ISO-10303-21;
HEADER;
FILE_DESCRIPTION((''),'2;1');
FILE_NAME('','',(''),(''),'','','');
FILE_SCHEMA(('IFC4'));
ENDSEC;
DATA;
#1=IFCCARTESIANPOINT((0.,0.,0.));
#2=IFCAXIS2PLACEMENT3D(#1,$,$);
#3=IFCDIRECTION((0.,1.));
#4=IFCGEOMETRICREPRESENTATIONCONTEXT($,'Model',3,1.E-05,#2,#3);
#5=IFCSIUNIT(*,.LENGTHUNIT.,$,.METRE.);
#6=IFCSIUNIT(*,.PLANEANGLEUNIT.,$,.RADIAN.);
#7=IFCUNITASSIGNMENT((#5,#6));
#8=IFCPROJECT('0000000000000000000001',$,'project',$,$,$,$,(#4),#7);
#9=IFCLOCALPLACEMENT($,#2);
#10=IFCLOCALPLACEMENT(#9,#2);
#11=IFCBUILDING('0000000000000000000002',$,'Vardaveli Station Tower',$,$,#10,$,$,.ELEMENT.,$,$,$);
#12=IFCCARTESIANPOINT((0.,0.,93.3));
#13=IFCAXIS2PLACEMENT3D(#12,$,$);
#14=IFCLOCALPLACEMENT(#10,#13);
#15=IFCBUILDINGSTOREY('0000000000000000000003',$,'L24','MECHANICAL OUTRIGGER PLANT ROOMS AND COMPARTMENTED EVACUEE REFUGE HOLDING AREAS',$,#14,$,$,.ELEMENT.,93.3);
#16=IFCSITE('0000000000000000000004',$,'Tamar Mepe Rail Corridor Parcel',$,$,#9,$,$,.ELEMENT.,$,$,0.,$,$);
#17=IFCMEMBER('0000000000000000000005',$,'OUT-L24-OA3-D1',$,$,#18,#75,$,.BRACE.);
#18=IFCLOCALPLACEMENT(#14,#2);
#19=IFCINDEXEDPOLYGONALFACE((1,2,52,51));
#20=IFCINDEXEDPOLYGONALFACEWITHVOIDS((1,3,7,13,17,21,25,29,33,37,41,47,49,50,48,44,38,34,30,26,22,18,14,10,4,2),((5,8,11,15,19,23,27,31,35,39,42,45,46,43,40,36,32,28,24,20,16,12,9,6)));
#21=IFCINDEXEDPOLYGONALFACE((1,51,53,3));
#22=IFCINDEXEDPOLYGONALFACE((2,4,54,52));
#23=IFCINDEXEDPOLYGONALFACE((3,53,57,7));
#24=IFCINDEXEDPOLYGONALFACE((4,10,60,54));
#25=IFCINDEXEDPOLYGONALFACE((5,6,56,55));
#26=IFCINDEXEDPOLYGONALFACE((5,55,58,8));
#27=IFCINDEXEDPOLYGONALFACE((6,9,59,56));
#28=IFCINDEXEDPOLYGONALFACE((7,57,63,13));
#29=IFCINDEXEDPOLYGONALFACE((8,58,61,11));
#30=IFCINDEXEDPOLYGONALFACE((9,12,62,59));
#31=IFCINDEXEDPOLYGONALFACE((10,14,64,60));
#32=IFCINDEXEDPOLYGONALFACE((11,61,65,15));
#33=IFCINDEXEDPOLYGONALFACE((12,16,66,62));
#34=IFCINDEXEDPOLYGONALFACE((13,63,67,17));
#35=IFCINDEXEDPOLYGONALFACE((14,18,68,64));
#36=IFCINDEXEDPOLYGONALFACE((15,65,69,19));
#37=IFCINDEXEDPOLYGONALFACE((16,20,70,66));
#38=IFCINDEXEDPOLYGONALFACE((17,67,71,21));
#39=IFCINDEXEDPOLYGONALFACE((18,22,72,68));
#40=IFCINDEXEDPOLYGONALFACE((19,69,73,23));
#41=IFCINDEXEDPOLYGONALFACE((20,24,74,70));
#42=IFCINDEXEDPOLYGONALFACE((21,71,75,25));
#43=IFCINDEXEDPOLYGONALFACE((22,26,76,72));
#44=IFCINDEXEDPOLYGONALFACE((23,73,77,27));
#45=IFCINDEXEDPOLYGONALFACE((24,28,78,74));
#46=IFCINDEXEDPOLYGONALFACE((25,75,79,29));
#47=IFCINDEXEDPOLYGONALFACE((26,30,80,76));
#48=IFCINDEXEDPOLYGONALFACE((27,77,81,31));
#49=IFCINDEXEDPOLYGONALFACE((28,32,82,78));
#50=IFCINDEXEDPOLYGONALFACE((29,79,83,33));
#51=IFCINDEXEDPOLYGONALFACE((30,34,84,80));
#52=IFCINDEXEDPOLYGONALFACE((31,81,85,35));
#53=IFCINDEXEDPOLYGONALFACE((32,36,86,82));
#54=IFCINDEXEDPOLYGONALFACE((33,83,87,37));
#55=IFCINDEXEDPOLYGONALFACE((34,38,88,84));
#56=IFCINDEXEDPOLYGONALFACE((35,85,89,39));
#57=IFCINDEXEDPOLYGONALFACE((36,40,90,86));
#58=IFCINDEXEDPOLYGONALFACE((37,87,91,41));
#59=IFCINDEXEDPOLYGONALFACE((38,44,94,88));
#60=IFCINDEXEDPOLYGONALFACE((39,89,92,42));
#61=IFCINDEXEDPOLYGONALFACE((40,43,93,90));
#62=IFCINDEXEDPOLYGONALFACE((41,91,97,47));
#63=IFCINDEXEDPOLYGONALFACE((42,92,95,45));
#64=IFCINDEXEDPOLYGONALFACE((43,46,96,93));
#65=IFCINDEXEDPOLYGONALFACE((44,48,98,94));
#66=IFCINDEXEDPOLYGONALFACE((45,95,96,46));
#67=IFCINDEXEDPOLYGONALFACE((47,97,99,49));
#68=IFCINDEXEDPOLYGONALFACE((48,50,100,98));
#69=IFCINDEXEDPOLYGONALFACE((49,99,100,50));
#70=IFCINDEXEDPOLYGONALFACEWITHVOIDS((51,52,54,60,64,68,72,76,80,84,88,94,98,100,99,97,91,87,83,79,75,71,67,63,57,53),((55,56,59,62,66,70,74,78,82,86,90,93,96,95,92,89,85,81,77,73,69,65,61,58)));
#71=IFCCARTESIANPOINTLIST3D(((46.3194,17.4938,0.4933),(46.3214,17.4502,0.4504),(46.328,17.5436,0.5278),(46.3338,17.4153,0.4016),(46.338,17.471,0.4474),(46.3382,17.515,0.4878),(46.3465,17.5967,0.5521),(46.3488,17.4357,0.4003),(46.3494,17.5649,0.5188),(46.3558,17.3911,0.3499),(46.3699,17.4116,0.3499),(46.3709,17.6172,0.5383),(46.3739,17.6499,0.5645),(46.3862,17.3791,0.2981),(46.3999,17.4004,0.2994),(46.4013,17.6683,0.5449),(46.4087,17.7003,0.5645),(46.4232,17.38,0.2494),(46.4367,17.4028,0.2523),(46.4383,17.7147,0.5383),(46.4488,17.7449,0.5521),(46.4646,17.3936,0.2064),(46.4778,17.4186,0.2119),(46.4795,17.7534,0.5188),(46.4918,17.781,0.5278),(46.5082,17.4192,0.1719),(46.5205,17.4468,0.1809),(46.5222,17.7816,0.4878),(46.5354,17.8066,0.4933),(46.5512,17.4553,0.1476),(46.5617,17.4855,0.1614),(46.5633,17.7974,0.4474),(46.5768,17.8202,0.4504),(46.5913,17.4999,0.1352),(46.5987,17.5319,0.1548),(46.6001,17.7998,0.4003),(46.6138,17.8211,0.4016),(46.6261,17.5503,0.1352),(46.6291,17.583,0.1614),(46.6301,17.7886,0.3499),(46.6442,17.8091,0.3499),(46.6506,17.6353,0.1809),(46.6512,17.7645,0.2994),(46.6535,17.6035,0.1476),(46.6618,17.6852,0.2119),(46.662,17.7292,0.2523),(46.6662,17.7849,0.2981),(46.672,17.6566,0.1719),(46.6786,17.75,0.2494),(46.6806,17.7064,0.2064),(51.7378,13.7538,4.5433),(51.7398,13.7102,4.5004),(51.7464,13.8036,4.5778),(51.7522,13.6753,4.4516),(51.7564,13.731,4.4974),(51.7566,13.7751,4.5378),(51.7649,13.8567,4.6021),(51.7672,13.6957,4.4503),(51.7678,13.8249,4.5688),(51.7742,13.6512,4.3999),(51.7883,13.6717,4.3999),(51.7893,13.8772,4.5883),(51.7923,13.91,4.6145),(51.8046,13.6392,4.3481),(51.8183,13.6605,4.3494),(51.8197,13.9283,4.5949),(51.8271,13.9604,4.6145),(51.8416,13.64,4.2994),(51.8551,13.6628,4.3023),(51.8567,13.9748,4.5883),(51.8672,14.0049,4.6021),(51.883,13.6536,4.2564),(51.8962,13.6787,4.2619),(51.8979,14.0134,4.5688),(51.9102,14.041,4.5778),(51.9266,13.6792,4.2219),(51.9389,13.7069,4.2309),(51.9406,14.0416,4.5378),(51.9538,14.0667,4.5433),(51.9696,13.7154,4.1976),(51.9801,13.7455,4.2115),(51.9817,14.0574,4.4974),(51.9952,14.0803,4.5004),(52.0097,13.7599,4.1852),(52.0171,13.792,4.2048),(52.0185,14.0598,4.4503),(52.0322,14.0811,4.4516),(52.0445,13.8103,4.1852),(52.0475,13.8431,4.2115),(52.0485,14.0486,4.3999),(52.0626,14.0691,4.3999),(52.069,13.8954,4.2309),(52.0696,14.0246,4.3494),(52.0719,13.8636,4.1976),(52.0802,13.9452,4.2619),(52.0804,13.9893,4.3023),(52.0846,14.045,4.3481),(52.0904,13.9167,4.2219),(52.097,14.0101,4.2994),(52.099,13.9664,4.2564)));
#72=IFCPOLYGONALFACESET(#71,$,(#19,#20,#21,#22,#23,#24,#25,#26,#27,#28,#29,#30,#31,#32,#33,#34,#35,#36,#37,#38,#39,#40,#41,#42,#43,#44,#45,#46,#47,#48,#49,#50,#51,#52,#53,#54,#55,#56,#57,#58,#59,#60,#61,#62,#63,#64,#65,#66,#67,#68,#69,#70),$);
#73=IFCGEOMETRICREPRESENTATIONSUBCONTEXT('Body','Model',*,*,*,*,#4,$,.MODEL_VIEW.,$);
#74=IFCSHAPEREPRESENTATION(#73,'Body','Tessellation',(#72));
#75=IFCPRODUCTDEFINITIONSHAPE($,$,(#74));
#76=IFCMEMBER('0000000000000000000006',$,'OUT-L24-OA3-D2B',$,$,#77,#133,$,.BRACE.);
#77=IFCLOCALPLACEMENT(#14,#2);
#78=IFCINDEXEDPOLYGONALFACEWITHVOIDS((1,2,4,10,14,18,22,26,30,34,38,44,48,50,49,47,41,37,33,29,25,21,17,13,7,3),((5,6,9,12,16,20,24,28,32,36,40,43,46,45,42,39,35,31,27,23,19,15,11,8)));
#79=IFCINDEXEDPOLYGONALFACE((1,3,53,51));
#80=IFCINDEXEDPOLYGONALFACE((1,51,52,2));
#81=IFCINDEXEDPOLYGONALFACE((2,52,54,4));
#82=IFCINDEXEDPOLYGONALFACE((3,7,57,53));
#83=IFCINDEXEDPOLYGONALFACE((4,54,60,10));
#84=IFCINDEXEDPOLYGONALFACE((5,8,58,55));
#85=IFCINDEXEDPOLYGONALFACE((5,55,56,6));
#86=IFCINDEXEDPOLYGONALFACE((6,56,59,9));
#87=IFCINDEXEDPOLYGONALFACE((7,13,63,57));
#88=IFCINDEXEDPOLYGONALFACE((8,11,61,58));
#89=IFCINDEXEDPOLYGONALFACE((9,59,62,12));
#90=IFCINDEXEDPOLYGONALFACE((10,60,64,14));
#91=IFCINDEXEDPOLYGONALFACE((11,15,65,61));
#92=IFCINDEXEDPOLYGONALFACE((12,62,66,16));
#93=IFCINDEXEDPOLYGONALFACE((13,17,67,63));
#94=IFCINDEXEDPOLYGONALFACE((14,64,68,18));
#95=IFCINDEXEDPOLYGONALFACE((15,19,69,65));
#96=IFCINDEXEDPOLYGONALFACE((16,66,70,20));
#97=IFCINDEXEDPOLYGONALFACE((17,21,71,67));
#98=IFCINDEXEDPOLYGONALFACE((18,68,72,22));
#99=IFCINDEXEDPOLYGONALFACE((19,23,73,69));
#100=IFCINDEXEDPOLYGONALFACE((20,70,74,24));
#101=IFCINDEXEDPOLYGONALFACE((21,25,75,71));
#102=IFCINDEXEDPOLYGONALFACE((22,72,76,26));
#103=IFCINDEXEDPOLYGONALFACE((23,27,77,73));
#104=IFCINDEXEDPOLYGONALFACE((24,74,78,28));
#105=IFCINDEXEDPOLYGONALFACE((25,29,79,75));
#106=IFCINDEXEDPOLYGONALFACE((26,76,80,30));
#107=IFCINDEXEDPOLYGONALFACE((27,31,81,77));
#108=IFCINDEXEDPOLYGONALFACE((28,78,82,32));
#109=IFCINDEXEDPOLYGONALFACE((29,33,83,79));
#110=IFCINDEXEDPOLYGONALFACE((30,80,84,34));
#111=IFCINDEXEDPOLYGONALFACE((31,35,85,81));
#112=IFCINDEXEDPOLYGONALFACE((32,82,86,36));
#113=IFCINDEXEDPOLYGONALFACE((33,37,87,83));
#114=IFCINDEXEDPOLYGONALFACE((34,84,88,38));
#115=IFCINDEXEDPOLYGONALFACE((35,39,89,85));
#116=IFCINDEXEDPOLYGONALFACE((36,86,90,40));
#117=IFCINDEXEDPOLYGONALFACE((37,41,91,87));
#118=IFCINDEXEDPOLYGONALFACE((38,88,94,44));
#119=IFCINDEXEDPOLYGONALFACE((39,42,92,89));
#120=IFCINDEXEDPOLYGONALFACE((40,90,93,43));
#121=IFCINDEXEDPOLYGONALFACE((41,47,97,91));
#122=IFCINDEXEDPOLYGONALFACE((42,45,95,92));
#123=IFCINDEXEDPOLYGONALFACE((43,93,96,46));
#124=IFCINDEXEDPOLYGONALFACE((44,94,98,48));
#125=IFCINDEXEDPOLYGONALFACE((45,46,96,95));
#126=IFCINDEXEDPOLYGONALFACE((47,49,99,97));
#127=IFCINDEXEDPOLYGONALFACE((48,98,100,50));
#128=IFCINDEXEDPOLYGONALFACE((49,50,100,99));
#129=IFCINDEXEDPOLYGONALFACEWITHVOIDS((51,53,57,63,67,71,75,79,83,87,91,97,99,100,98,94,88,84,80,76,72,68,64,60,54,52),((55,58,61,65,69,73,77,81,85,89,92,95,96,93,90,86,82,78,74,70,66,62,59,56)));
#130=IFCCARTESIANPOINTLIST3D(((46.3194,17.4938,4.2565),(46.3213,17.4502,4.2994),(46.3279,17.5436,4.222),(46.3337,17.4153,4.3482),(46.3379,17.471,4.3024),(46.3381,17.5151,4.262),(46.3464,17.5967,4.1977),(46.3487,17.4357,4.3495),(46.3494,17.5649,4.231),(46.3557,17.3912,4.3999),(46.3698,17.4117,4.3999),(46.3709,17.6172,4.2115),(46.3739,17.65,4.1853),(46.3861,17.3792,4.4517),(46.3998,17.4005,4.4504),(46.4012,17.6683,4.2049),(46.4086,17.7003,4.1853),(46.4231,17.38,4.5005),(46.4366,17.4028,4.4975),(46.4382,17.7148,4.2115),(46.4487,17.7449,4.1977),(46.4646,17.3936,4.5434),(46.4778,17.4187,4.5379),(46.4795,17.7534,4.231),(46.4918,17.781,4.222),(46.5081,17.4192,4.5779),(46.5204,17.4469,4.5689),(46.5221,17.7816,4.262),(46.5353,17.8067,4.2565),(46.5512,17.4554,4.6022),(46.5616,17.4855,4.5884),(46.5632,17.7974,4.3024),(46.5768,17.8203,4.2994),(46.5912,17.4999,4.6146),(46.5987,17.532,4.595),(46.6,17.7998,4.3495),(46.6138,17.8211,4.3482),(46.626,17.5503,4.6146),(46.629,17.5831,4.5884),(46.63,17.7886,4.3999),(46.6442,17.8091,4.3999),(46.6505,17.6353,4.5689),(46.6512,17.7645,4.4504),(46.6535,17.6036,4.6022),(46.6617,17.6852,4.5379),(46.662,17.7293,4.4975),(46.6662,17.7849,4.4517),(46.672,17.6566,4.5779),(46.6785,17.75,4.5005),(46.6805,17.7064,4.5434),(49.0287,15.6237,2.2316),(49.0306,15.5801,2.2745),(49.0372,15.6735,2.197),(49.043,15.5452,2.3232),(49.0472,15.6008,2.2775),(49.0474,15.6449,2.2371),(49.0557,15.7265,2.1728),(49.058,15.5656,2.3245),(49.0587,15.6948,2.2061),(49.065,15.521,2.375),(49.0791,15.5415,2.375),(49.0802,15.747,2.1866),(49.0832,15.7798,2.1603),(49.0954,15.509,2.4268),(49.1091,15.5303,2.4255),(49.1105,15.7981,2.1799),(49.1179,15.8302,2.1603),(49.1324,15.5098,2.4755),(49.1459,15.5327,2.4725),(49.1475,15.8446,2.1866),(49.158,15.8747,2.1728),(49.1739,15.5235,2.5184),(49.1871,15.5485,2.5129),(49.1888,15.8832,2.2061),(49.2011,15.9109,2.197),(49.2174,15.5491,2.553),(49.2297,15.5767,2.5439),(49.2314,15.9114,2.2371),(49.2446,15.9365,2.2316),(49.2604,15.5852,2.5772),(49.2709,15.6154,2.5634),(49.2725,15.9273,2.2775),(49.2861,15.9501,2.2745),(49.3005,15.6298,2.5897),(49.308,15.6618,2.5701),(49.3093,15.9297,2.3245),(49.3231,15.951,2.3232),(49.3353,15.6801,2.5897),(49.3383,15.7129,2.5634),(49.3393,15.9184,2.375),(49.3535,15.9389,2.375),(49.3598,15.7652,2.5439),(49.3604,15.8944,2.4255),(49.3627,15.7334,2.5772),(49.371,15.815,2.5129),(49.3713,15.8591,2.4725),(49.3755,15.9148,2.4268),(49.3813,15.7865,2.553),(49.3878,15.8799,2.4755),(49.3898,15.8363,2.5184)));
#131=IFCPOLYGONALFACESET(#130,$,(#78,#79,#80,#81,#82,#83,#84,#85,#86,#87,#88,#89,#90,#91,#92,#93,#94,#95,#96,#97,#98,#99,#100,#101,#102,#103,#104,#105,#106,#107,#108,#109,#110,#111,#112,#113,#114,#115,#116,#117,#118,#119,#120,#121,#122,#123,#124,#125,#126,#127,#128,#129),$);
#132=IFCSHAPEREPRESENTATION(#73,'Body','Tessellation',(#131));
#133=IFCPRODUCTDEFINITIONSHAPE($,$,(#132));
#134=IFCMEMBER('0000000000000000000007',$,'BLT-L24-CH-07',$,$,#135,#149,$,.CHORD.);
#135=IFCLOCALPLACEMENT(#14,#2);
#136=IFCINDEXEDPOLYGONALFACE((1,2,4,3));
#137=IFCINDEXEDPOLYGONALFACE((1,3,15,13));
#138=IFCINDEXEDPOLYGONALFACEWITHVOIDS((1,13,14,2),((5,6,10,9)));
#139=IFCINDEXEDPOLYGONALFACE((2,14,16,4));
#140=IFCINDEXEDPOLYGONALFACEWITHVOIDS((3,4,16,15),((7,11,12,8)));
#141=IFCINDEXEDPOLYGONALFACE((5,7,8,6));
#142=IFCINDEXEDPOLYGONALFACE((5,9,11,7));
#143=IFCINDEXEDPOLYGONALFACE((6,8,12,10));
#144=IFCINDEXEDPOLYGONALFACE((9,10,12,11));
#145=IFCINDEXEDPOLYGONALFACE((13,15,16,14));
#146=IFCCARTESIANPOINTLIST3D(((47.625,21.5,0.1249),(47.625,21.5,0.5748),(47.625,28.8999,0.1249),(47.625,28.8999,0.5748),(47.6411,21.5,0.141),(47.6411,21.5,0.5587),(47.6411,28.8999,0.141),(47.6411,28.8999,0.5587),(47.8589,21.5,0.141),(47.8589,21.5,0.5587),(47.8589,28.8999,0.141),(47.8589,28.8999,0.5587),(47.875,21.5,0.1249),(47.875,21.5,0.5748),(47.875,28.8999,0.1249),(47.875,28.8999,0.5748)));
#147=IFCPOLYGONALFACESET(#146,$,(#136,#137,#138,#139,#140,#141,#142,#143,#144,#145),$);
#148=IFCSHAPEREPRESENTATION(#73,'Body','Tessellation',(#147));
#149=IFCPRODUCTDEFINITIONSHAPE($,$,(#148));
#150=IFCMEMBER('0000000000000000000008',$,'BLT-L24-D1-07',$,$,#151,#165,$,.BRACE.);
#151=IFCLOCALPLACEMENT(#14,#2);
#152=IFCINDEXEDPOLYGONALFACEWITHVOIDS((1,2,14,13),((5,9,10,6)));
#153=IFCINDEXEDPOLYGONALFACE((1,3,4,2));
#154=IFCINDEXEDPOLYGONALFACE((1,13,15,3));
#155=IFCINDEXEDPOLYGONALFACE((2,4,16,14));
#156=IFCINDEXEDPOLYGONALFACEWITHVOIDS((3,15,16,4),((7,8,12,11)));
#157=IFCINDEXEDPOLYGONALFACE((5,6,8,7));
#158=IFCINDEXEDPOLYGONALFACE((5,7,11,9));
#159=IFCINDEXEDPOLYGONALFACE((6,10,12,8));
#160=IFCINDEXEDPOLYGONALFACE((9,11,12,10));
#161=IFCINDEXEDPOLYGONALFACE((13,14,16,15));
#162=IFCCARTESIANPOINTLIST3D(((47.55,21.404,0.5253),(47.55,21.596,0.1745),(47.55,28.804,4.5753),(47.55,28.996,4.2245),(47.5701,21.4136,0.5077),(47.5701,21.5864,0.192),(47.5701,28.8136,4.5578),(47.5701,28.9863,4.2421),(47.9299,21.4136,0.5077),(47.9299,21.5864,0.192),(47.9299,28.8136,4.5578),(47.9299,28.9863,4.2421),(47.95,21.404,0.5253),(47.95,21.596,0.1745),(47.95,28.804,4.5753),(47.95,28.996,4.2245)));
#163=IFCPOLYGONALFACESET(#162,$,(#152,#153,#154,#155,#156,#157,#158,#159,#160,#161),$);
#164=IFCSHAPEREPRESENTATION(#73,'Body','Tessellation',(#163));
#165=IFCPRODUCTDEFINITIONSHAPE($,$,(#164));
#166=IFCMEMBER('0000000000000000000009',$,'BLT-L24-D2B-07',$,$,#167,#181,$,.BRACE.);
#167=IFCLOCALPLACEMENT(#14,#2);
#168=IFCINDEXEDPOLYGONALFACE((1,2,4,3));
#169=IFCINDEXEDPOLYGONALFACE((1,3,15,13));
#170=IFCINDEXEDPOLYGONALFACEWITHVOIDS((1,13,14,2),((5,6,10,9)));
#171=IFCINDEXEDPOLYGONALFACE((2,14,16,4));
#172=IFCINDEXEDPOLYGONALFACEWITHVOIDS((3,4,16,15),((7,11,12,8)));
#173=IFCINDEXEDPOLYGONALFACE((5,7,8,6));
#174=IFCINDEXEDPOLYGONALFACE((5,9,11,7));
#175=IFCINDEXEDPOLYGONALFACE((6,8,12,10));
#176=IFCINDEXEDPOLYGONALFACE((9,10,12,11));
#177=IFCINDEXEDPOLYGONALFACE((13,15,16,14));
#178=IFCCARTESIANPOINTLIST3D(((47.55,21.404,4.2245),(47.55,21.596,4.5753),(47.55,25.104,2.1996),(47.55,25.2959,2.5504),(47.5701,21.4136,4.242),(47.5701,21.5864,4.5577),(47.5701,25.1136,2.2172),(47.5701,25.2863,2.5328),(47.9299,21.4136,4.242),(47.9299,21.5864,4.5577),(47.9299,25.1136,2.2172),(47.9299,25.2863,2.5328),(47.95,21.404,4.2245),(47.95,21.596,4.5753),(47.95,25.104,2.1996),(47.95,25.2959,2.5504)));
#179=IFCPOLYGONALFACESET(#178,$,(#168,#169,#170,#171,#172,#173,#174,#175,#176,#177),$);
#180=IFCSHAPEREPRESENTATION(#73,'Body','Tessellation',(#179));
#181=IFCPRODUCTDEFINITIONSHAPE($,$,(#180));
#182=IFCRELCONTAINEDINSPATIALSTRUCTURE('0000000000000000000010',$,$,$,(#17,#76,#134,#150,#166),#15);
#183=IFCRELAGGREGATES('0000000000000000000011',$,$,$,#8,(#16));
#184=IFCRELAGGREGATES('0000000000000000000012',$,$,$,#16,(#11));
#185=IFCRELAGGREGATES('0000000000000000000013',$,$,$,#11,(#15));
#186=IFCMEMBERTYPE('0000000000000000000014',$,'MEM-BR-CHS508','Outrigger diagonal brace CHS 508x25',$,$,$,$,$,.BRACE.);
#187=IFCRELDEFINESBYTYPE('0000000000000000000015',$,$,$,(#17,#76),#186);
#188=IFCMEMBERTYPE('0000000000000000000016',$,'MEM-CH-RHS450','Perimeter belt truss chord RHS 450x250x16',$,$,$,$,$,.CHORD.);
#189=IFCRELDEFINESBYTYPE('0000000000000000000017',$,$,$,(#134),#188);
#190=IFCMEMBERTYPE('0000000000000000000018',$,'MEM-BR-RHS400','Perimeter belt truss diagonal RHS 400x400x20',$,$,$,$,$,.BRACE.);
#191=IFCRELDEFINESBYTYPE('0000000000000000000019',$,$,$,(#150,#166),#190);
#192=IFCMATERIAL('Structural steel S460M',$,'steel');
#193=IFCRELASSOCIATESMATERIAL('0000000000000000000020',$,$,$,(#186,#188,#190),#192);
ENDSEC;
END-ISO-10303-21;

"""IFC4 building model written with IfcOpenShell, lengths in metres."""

from ifc_helpers import new_model, si_unit, direction, frame, origin, origin_2d, place, context, subcontext, project, spatial, hollow_rectangle, hollow_circle, extrude, source, transform, mapped, material, material_profile, profile_set, type_object, element, save


model = new_model("IFC4")

# Units and contexts
model_context = context("Model", 3, precision=1e-05, world=origin(), true_north=direction((0.0, 1.0)))
body_context = subcontext(model_context, "Body", "Model", "MODEL_VIEW")
ifc_project = project(units=[si_unit("LENGTHUNIT", "METRE"), si_unit("PLANEANGLEUNIT", "RADIAN")], contexts=[model_context])

# Site, building, storey
site_placement = place(None, origin())
site = spatial("IfcSite", under=ifc_project, at=site_placement, Name="Tamar Mepe Rail Corridor Parcel", CompositionType="ELEMENT", RefElevation=0.0)
building_placement = place(site_placement, origin())
building = spatial("IfcBuilding", under=site, at=building_placement, Name="Vardaveli Station Tower", CompositionType="ELEMENT")
storey_placement = place(building_placement, frame((0.0, 0.0, 93.3)))
storey = spatial("IfcBuildingStorey", under=building, at=storey_placement, Name="L24", Description="MECHANICAL OUTRIGGER PLANT ROOMS AND COMPARTMENTED EVACUEE REFUGE HOLDING AREAS", CompositionType="ELEMENT", Elevation=93.3)

# Shared definitions
ifc_material_1 = material(Name="Structural steel S460M", Category="steel")

# Members
ifc_material_profile_1 = material_profile(ifc_material_1, hollow_circle(Radius=0.2539, WallThickness=0.0249, at=origin_2d()), Name="CHS 508x25")
ifc_profile_set_1 = profile_set([ifc_material_profile_1], Name="Structural steel S460M")
member_type_1 = type_object("IfcMemberType", Name="MEM-BR-CHS508", Description="Outrigger diagonal brace CHS 508x25", PredefinedType="BRACE", material=ifc_profile_set_1)
shared_shape_1 = source(origin(), body_context, "Body", "SweptSolid", [
    extrude(hollow_circle(Radius=0.2539, WallThickness=0.0249, at=origin_2d()), origin(), (0.0, 0.0, 1.0), 7.7297),
])
member_1_placement = place(storey_placement, frame((46.5, 17.6001, 0.3499), z_axis=(0.700981, -0.483839, 0.523951), x_axis=(0.568054, 0.822991, 0.0)))
element("IfcMember", 1, at=member_1_placement, inside=storey, type_object=member_type_1, Name="OUT-L24-OA3-D1", PredefinedType="BRACE", context=body_context, shape_type="MappedRepresentation", body=[
    mapped(shared_shape_1, transform((0.0, 0.0, 0.0), scale=1.0)),
])
shared_shape_2 = source(origin(), body_context, "Body", "SweptSolid", [
    extrude(hollow_circle(Radius=0.2539, WallThickness=0.0249, at=origin_2d()), origin(), (0.0, 0.0, 1.0), 3.865),
])
member_2_placement = place(storey_placement, frame((49.2092, 15.73, 2.375), z_axis=(-0.700982, 0.483872, 0.52392), x_axis=(-0.56808, -0.822974, 0.0)))
element("IfcMember", 2, at=member_2_placement, inside=storey, type_object=member_type_1, Name="OUT-L24-OA3-D2B", PredefinedType="BRACE", context=body_context, shape_type="MappedRepresentation", body=[
    mapped(shared_shape_2, transform((0.0, 0.0, 0.0), scale=1.0)),
])
ifc_material_profile_2 = material_profile(ifc_material_1, hollow_rectangle(XDim=0.25, YDim=0.45, WallThickness=0.0161, at=origin_2d()), Name="RHS 450x250x16")
ifc_profile_set_2 = profile_set([ifc_material_profile_2], Name="Structural steel S460M")
member_type_2 = type_object("IfcMemberType", Name="MEM-CH-RHS450", Description="Perimeter belt truss chord RHS 450x250x16", PredefinedType="CHORD", material=ifc_profile_set_2)
shared_shape_3 = source(origin(), body_context, "Body", "SweptSolid", [
    extrude(hollow_rectangle(XDim=0.25, YDim=0.45, WallThickness=0.0161, at=origin_2d()), origin(), (0.0, 0.0, 1.0), 7.3999),
])
member_3_placement = place(storey_placement, frame((47.75, 21.5, 0.3499), z_axis=(0.0, 1.0, 0.0), x_axis=(-1.0, 0.0, 0.0)))
element("IfcMember", 3, at=member_3_placement, inside=storey, type_object=member_type_2, Name="BLT-L24-CH-07", PredefinedType="CHORD", context=body_context, shape_type="MappedRepresentation", body=[
    mapped(shared_shape_3, transform((0.0, 0.0, 0.0), scale=1.0)),
])
ifc_material_profile_3 = material_profile(ifc_material_1, hollow_rectangle(XDim=0.3999, YDim=0.3999, WallThickness=0.02, at=origin_2d()), Name="RHS 400x400x20")
ifc_profile_set_3 = profile_set([ifc_material_profile_3], Name="Structural steel S460M")
member_type_3 = type_object("IfcMemberType", Name="MEM-BR-RHS400", Description="Perimeter belt truss diagonal RHS 400x400x20", PredefinedType="BRACE", material=ifc_profile_set_3)
shared_shape_4 = source(origin(), body_context, "Body", "SweptSolid", [
    extrude(hollow_rectangle(XDim=0.3999, YDim=0.3999, WallThickness=0.02, at=origin_2d()), origin(), (0.0, 0.0, 1.0), 8.4358),
])
member_4_placement = place(storey_placement, frame((47.75, 21.5, 0.3499), z_axis=(0.0, 0.87721, 0.480107), x_axis=(-1.0, 0.0, 0.0)))
element("IfcMember", 4, at=member_4_placement, inside=storey, type_object=member_type_3, Name="BLT-L24-D1-07", PredefinedType="BRACE", context=body_context, shape_type="MappedRepresentation", body=[
    mapped(shared_shape_4, transform((0.0, 0.0, 0.0), scale=1.0)),
])
shared_shape_5 = source(origin(), body_context, "Body", "SweptSolid", [
    extrude(hollow_rectangle(XDim=0.3999, YDim=0.3999, WallThickness=0.02, at=origin_2d()), origin(), (0.0, 0.0, 1.0), 4.2178),
])
member_5_placement = place(storey_placement, frame((47.75, 25.2, 2.375), z_axis=(0.0, -0.877222, 0.480085), x_axis=(1.0, 0.0, 0.0)))
element("IfcMember", 5, at=member_5_placement, inside=storey, type_object=member_type_3, Name="BLT-L24-D2B-07", PredefinedType="BRACE", context=body_context, shape_type="MappedRepresentation", body=[
    mapped(shared_shape_5, transform((0.0, 0.0, 0.0), scale=1.0)),
])

save(model, "model.ifc")
